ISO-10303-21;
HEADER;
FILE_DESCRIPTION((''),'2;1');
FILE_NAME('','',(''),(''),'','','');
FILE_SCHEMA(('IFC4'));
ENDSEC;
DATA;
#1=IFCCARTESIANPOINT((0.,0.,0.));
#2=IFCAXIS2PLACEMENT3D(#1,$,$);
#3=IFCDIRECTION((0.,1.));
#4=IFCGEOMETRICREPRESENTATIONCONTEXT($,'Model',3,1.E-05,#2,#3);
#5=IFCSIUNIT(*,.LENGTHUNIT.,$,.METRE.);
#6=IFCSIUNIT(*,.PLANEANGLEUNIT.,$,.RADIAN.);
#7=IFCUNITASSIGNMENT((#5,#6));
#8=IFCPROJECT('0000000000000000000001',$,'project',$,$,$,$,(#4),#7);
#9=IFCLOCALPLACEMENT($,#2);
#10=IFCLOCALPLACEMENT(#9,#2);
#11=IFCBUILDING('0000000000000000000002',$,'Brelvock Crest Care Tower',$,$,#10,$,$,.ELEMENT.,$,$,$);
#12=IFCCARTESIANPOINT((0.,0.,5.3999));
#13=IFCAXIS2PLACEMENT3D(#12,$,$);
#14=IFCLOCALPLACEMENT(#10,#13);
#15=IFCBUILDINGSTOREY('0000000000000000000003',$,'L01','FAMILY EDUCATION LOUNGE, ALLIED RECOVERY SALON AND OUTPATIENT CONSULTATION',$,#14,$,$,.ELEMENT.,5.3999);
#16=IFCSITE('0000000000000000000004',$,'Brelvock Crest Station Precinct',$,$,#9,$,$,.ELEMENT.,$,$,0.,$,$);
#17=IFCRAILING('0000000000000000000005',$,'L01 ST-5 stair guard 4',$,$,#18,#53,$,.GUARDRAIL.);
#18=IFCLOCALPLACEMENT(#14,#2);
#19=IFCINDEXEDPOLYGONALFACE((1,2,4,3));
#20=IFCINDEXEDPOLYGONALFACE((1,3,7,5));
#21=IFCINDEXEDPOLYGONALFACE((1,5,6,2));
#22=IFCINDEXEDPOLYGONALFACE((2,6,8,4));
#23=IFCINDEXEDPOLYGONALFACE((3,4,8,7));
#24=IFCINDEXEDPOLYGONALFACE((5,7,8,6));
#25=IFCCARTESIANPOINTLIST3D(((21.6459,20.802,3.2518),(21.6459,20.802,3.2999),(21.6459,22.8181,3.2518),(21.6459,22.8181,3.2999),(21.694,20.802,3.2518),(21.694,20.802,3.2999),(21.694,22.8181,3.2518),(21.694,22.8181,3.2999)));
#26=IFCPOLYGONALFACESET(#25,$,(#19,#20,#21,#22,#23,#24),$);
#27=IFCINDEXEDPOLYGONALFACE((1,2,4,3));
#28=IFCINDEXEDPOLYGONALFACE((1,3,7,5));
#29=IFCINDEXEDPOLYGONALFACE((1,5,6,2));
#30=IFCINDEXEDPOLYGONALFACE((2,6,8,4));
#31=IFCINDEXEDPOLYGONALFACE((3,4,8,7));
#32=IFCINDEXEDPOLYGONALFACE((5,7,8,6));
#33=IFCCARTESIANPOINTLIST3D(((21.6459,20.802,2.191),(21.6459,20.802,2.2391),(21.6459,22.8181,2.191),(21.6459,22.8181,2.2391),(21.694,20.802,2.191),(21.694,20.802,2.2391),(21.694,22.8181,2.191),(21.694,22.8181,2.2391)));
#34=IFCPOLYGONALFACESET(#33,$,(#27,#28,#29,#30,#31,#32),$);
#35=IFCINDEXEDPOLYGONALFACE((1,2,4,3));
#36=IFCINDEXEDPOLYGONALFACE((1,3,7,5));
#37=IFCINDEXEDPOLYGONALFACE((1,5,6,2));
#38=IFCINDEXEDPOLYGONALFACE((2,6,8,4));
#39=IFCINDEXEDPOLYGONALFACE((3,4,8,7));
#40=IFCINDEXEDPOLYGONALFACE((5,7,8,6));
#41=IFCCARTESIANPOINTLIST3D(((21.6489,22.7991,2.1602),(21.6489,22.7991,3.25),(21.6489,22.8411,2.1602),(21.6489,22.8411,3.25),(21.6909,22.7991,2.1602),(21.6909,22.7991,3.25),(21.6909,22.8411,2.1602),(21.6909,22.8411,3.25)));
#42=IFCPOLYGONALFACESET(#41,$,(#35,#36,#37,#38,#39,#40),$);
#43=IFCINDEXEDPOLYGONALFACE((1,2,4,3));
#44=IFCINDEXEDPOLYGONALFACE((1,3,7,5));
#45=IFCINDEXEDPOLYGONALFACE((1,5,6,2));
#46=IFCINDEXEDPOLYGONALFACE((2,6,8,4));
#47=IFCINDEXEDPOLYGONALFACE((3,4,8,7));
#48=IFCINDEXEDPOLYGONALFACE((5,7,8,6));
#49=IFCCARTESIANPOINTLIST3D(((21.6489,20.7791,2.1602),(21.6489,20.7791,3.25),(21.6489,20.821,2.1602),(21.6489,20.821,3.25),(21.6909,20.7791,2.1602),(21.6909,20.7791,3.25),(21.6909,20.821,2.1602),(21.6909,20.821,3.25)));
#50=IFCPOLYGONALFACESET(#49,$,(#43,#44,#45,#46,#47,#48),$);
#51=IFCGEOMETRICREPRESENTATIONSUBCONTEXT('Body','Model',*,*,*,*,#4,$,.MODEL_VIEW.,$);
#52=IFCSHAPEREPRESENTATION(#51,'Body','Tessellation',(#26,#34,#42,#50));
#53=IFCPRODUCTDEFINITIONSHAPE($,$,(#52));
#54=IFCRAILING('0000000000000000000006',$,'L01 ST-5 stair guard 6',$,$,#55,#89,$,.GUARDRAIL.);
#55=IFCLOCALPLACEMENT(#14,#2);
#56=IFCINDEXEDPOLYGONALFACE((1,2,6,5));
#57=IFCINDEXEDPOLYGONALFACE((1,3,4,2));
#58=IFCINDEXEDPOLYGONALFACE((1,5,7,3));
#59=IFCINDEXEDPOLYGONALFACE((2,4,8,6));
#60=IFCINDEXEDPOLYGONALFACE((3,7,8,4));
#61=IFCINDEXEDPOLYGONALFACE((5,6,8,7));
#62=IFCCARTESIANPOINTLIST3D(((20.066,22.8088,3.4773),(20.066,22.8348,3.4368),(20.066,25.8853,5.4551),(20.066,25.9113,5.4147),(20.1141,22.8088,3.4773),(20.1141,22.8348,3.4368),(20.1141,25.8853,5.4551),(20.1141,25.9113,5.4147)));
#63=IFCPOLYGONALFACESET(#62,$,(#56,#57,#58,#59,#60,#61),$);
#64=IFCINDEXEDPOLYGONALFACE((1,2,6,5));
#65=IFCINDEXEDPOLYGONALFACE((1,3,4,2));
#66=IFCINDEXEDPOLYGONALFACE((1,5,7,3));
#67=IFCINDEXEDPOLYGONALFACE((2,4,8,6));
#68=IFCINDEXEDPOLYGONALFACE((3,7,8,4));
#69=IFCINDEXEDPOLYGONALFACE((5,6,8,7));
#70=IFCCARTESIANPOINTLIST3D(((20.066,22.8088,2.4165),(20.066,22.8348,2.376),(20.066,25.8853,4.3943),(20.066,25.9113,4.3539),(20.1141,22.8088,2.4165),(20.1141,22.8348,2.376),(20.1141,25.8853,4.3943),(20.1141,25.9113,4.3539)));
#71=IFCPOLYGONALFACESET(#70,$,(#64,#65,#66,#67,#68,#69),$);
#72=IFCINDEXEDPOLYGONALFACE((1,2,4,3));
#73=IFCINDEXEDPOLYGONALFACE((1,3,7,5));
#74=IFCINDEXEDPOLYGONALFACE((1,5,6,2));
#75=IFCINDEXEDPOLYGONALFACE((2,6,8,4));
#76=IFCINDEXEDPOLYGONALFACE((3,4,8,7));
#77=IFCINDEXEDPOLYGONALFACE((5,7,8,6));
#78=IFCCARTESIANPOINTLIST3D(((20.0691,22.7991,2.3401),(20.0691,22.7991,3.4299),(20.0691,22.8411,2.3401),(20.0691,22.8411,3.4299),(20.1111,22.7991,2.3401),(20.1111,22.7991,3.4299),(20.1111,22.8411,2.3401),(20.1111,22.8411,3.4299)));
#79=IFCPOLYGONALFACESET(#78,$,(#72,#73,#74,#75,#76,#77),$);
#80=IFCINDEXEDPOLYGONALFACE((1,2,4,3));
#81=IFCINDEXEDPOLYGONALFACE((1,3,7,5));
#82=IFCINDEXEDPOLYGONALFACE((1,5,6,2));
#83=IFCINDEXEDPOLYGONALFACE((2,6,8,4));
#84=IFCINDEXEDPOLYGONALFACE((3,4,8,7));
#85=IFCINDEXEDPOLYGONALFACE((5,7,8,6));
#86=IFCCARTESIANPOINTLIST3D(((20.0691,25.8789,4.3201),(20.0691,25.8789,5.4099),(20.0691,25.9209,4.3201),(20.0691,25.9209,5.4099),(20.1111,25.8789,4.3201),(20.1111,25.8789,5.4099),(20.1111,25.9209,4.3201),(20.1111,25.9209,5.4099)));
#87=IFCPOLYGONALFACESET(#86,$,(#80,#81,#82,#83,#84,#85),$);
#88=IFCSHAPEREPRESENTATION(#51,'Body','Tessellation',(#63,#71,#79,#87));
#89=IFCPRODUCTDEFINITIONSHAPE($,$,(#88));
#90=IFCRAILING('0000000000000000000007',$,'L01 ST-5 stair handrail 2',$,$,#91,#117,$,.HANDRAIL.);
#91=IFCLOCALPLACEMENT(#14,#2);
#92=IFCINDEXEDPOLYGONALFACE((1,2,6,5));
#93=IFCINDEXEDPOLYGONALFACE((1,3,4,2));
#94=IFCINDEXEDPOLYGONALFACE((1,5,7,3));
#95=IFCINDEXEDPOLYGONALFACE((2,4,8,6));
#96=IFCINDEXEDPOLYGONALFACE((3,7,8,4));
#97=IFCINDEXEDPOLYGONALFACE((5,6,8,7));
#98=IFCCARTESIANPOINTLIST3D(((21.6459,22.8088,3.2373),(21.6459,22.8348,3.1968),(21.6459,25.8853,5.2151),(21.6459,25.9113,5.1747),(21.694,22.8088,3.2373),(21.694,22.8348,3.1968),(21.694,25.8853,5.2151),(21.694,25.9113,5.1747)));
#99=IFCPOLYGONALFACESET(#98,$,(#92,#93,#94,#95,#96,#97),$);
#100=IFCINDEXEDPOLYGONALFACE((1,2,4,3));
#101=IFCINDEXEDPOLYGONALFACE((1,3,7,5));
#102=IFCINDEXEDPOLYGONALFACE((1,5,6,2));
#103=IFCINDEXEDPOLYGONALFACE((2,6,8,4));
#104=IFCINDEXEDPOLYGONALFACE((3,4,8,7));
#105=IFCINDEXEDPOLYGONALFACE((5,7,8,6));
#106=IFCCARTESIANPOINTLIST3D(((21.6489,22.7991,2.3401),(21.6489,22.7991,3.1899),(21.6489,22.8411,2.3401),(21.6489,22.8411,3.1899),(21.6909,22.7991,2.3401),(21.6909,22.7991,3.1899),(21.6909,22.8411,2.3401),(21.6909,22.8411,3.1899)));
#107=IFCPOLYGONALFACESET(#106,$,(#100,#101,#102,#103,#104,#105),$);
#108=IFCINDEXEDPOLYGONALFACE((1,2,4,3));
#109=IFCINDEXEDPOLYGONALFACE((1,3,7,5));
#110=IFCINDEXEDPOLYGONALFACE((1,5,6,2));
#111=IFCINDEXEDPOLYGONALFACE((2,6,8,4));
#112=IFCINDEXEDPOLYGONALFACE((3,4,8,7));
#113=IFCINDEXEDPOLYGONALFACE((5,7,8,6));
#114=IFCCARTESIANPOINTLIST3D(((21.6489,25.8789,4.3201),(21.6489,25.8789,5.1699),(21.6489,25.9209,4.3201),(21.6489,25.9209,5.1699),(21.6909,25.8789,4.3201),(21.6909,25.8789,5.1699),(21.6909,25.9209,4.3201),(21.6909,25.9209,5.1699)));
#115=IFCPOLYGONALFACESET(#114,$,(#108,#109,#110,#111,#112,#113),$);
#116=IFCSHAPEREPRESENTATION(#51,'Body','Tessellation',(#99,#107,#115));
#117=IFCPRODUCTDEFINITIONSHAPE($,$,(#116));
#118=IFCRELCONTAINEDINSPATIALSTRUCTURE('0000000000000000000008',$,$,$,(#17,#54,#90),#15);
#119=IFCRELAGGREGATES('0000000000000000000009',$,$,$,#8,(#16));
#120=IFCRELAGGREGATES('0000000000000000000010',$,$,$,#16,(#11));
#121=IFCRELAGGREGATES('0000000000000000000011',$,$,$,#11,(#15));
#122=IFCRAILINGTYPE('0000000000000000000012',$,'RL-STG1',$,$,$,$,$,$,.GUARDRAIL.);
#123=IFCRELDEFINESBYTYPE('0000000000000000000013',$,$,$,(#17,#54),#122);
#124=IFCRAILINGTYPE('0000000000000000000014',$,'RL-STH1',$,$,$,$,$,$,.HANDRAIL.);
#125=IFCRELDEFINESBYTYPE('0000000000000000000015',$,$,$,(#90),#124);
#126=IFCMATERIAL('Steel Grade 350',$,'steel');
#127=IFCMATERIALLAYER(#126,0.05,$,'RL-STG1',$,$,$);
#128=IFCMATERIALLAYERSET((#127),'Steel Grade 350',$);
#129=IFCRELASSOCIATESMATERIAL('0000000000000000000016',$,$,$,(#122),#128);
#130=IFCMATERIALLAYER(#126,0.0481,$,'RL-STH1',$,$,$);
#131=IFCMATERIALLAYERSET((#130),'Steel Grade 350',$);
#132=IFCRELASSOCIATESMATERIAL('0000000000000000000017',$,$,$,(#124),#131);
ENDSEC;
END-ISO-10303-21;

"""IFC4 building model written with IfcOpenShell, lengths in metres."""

from ifc_helpers import new_model, si_unit, direction, frame, origin, origin_2d, place, context, subcontext, project, spatial, rectangle, extrude, material, layer, layer_set, type_object, element, save


model = new_model("IFC4")

# Units and contexts
model_context = context("Model", 3, precision=1e-05, world=origin(), true_north=direction((0.0, 1.0)))
body_context = subcontext(model_context, "Body", "Model", "MODEL_VIEW")
ifc_project = project(units=[si_unit("LENGTHUNIT", "METRE"), si_unit("PLANEANGLEUNIT", "RADIAN")], contexts=[model_context])

# Site, building, storey
site_placement = place(None, origin())
site = spatial("IfcSite", under=ifc_project, at=site_placement, Name="Brelvock Crest Station Precinct", CompositionType="ELEMENT", RefElevation=0.0)
building_placement = place(site_placement, origin())
building = spatial("IfcBuilding", under=site, at=building_placement, Name="Brelvock Crest Care Tower", CompositionType="ELEMENT")
storey_placement = place(building_placement, frame((0.0, 0.0, 5.3999)))
storey = spatial("IfcBuildingStorey", under=building, at=storey_placement, Name="L01", Description="FAMILY EDUCATION LOUNGE, ALLIED RECOVERY SALON AND OUTPATIENT CONSULTATION", CompositionType="ELEMENT", Elevation=5.3999)

# Shared definitions
ifc_material_1 = material(Name="Steel Grade 350", Category="steel")

# Railings
ifc_layer_1 = layer(ifc_material_1, 0.05, Name="RL-STG1")
ifc_layer_set_1 = layer_set([ifc_layer_1], Name="Steel Grade 350")
railing_type_1 = type_object("IfcRailingType", Name="RL-STG1", PredefinedType="GUARDRAIL", material=ifc_layer_set_1)
railing_1_placement = place(storey_placement, frame((21.6699, 22.8201, 2.1602)))
element("IfcRailing", 1, at=railing_1_placement, inside=storey, type_object=railing_type_1, Name="L01 ST-5 stair guard 4", PredefinedType="GUARDRAIL", context=body_context, shape_type="SweptSolid", body=[
    extrude(rectangle(XDim=0.0481, YDim=0.0481, at=origin_2d()), frame((0.0, -0.002, 1.1157), z_axis=(0.0, -1.0, 0.0), x_axis=(1.0, 0.0, 0.0)), (0.0, 0.0, 1.0), 2.0161),
    extrude(rectangle(XDim=0.0481, YDim=0.0481, at=origin_2d()), frame((0.0, -0.002, 0.0549), z_axis=(0.0, -1.0, 0.0), x_axis=(1.0, 0.0, 0.0)), (0.0, 0.0, 1.0), 2.0161),
    extrude(rectangle(XDim=0.042, YDim=0.042, at=origin_2d()), origin(), (0.0, 0.0, 1.0), 1.0898),
    extrude(rectangle(XDim=0.042, YDim=0.042, at=origin_2d()), frame((0.0, -2.02, 0.0)), (0.0, 0.0, 1.0), 1.0898),
])
railing_2_placement = place(storey_placement, frame((20.0901, 22.8201, 2.3401)))
element("IfcRailing", 2, at=railing_2_placement, inside=storey, type_object=railing_type_1, Name="L01 ST-5 stair guard 6", PredefinedType="GUARDRAIL", context=body_context, shape_type="SweptSolid", body=[
    extrude(rectangle(XDim=0.0481, YDim=0.0481, at=origin_2d()), frame((0.0, 0.0017, 1.1169), z_axis=(0.0, 0.841168, 0.540774), x_axis=(-1.0, 0.0, 0.0)), (0.0, 0.0, 1.0), 3.6575),
    extrude(rectangle(XDim=0.0481, YDim=0.0481, at=origin_2d()), frame((0.0, 0.0017, 0.0562), z_axis=(0.0, 0.841168, 0.540774), x_axis=(-1.0, 0.0, 0.0)), (0.0, 0.0, 1.0), 3.6575),
    extrude(rectangle(XDim=0.042, YDim=0.042, at=origin_2d()), origin(), (0.0, 0.0, 1.0), 1.0898),
    extrude(rectangle(XDim=0.042, YDim=0.042, at=origin_2d()), frame((0.0, 3.0798, 1.98)), (0.0, 0.0, 1.0), 1.0898),
])
ifc_layer_2 = layer(ifc_material_1, 0.0481, Name="RL-STH1")
ifc_layer_set_2 = layer_set([ifc_layer_2], Name="Steel Grade 350")
railing_type_2 = type_object("IfcRailingType", Name="RL-STH1", PredefinedType="HANDRAIL", material=ifc_layer_set_2)
railing_3_placement = place(storey_placement, frame((21.6699, 22.8201, 2.3401)))
element("IfcRailing", 3, at=railing_3_placement, inside=storey, type_object=railing_type_2, Name="L01 ST-5 stair handrail 2", PredefinedType="HANDRAIL", context=body_context, shape_type="SweptSolid", body=[
    extrude(rectangle(XDim=0.0481, YDim=0.0481, at=origin_2d()), frame((0.0, 0.0017, 0.877), z_axis=(0.0, 0.841168, 0.540774), x_axis=(-1.0, 0.0, 0.0)), (0.0, 0.0, 1.0), 3.6575),
    extrude(rectangle(XDim=0.042, YDim=0.042, at=origin_2d()), origin(), (0.0, 0.0, 1.0), 0.8499),
    extrude(rectangle(XDim=0.042, YDim=0.042, at=origin_2d()), frame((0.0, 3.0798, 1.98)), (0.0, 0.0, 1.0), 0.8499),
])

save(model, "model.ifc")
